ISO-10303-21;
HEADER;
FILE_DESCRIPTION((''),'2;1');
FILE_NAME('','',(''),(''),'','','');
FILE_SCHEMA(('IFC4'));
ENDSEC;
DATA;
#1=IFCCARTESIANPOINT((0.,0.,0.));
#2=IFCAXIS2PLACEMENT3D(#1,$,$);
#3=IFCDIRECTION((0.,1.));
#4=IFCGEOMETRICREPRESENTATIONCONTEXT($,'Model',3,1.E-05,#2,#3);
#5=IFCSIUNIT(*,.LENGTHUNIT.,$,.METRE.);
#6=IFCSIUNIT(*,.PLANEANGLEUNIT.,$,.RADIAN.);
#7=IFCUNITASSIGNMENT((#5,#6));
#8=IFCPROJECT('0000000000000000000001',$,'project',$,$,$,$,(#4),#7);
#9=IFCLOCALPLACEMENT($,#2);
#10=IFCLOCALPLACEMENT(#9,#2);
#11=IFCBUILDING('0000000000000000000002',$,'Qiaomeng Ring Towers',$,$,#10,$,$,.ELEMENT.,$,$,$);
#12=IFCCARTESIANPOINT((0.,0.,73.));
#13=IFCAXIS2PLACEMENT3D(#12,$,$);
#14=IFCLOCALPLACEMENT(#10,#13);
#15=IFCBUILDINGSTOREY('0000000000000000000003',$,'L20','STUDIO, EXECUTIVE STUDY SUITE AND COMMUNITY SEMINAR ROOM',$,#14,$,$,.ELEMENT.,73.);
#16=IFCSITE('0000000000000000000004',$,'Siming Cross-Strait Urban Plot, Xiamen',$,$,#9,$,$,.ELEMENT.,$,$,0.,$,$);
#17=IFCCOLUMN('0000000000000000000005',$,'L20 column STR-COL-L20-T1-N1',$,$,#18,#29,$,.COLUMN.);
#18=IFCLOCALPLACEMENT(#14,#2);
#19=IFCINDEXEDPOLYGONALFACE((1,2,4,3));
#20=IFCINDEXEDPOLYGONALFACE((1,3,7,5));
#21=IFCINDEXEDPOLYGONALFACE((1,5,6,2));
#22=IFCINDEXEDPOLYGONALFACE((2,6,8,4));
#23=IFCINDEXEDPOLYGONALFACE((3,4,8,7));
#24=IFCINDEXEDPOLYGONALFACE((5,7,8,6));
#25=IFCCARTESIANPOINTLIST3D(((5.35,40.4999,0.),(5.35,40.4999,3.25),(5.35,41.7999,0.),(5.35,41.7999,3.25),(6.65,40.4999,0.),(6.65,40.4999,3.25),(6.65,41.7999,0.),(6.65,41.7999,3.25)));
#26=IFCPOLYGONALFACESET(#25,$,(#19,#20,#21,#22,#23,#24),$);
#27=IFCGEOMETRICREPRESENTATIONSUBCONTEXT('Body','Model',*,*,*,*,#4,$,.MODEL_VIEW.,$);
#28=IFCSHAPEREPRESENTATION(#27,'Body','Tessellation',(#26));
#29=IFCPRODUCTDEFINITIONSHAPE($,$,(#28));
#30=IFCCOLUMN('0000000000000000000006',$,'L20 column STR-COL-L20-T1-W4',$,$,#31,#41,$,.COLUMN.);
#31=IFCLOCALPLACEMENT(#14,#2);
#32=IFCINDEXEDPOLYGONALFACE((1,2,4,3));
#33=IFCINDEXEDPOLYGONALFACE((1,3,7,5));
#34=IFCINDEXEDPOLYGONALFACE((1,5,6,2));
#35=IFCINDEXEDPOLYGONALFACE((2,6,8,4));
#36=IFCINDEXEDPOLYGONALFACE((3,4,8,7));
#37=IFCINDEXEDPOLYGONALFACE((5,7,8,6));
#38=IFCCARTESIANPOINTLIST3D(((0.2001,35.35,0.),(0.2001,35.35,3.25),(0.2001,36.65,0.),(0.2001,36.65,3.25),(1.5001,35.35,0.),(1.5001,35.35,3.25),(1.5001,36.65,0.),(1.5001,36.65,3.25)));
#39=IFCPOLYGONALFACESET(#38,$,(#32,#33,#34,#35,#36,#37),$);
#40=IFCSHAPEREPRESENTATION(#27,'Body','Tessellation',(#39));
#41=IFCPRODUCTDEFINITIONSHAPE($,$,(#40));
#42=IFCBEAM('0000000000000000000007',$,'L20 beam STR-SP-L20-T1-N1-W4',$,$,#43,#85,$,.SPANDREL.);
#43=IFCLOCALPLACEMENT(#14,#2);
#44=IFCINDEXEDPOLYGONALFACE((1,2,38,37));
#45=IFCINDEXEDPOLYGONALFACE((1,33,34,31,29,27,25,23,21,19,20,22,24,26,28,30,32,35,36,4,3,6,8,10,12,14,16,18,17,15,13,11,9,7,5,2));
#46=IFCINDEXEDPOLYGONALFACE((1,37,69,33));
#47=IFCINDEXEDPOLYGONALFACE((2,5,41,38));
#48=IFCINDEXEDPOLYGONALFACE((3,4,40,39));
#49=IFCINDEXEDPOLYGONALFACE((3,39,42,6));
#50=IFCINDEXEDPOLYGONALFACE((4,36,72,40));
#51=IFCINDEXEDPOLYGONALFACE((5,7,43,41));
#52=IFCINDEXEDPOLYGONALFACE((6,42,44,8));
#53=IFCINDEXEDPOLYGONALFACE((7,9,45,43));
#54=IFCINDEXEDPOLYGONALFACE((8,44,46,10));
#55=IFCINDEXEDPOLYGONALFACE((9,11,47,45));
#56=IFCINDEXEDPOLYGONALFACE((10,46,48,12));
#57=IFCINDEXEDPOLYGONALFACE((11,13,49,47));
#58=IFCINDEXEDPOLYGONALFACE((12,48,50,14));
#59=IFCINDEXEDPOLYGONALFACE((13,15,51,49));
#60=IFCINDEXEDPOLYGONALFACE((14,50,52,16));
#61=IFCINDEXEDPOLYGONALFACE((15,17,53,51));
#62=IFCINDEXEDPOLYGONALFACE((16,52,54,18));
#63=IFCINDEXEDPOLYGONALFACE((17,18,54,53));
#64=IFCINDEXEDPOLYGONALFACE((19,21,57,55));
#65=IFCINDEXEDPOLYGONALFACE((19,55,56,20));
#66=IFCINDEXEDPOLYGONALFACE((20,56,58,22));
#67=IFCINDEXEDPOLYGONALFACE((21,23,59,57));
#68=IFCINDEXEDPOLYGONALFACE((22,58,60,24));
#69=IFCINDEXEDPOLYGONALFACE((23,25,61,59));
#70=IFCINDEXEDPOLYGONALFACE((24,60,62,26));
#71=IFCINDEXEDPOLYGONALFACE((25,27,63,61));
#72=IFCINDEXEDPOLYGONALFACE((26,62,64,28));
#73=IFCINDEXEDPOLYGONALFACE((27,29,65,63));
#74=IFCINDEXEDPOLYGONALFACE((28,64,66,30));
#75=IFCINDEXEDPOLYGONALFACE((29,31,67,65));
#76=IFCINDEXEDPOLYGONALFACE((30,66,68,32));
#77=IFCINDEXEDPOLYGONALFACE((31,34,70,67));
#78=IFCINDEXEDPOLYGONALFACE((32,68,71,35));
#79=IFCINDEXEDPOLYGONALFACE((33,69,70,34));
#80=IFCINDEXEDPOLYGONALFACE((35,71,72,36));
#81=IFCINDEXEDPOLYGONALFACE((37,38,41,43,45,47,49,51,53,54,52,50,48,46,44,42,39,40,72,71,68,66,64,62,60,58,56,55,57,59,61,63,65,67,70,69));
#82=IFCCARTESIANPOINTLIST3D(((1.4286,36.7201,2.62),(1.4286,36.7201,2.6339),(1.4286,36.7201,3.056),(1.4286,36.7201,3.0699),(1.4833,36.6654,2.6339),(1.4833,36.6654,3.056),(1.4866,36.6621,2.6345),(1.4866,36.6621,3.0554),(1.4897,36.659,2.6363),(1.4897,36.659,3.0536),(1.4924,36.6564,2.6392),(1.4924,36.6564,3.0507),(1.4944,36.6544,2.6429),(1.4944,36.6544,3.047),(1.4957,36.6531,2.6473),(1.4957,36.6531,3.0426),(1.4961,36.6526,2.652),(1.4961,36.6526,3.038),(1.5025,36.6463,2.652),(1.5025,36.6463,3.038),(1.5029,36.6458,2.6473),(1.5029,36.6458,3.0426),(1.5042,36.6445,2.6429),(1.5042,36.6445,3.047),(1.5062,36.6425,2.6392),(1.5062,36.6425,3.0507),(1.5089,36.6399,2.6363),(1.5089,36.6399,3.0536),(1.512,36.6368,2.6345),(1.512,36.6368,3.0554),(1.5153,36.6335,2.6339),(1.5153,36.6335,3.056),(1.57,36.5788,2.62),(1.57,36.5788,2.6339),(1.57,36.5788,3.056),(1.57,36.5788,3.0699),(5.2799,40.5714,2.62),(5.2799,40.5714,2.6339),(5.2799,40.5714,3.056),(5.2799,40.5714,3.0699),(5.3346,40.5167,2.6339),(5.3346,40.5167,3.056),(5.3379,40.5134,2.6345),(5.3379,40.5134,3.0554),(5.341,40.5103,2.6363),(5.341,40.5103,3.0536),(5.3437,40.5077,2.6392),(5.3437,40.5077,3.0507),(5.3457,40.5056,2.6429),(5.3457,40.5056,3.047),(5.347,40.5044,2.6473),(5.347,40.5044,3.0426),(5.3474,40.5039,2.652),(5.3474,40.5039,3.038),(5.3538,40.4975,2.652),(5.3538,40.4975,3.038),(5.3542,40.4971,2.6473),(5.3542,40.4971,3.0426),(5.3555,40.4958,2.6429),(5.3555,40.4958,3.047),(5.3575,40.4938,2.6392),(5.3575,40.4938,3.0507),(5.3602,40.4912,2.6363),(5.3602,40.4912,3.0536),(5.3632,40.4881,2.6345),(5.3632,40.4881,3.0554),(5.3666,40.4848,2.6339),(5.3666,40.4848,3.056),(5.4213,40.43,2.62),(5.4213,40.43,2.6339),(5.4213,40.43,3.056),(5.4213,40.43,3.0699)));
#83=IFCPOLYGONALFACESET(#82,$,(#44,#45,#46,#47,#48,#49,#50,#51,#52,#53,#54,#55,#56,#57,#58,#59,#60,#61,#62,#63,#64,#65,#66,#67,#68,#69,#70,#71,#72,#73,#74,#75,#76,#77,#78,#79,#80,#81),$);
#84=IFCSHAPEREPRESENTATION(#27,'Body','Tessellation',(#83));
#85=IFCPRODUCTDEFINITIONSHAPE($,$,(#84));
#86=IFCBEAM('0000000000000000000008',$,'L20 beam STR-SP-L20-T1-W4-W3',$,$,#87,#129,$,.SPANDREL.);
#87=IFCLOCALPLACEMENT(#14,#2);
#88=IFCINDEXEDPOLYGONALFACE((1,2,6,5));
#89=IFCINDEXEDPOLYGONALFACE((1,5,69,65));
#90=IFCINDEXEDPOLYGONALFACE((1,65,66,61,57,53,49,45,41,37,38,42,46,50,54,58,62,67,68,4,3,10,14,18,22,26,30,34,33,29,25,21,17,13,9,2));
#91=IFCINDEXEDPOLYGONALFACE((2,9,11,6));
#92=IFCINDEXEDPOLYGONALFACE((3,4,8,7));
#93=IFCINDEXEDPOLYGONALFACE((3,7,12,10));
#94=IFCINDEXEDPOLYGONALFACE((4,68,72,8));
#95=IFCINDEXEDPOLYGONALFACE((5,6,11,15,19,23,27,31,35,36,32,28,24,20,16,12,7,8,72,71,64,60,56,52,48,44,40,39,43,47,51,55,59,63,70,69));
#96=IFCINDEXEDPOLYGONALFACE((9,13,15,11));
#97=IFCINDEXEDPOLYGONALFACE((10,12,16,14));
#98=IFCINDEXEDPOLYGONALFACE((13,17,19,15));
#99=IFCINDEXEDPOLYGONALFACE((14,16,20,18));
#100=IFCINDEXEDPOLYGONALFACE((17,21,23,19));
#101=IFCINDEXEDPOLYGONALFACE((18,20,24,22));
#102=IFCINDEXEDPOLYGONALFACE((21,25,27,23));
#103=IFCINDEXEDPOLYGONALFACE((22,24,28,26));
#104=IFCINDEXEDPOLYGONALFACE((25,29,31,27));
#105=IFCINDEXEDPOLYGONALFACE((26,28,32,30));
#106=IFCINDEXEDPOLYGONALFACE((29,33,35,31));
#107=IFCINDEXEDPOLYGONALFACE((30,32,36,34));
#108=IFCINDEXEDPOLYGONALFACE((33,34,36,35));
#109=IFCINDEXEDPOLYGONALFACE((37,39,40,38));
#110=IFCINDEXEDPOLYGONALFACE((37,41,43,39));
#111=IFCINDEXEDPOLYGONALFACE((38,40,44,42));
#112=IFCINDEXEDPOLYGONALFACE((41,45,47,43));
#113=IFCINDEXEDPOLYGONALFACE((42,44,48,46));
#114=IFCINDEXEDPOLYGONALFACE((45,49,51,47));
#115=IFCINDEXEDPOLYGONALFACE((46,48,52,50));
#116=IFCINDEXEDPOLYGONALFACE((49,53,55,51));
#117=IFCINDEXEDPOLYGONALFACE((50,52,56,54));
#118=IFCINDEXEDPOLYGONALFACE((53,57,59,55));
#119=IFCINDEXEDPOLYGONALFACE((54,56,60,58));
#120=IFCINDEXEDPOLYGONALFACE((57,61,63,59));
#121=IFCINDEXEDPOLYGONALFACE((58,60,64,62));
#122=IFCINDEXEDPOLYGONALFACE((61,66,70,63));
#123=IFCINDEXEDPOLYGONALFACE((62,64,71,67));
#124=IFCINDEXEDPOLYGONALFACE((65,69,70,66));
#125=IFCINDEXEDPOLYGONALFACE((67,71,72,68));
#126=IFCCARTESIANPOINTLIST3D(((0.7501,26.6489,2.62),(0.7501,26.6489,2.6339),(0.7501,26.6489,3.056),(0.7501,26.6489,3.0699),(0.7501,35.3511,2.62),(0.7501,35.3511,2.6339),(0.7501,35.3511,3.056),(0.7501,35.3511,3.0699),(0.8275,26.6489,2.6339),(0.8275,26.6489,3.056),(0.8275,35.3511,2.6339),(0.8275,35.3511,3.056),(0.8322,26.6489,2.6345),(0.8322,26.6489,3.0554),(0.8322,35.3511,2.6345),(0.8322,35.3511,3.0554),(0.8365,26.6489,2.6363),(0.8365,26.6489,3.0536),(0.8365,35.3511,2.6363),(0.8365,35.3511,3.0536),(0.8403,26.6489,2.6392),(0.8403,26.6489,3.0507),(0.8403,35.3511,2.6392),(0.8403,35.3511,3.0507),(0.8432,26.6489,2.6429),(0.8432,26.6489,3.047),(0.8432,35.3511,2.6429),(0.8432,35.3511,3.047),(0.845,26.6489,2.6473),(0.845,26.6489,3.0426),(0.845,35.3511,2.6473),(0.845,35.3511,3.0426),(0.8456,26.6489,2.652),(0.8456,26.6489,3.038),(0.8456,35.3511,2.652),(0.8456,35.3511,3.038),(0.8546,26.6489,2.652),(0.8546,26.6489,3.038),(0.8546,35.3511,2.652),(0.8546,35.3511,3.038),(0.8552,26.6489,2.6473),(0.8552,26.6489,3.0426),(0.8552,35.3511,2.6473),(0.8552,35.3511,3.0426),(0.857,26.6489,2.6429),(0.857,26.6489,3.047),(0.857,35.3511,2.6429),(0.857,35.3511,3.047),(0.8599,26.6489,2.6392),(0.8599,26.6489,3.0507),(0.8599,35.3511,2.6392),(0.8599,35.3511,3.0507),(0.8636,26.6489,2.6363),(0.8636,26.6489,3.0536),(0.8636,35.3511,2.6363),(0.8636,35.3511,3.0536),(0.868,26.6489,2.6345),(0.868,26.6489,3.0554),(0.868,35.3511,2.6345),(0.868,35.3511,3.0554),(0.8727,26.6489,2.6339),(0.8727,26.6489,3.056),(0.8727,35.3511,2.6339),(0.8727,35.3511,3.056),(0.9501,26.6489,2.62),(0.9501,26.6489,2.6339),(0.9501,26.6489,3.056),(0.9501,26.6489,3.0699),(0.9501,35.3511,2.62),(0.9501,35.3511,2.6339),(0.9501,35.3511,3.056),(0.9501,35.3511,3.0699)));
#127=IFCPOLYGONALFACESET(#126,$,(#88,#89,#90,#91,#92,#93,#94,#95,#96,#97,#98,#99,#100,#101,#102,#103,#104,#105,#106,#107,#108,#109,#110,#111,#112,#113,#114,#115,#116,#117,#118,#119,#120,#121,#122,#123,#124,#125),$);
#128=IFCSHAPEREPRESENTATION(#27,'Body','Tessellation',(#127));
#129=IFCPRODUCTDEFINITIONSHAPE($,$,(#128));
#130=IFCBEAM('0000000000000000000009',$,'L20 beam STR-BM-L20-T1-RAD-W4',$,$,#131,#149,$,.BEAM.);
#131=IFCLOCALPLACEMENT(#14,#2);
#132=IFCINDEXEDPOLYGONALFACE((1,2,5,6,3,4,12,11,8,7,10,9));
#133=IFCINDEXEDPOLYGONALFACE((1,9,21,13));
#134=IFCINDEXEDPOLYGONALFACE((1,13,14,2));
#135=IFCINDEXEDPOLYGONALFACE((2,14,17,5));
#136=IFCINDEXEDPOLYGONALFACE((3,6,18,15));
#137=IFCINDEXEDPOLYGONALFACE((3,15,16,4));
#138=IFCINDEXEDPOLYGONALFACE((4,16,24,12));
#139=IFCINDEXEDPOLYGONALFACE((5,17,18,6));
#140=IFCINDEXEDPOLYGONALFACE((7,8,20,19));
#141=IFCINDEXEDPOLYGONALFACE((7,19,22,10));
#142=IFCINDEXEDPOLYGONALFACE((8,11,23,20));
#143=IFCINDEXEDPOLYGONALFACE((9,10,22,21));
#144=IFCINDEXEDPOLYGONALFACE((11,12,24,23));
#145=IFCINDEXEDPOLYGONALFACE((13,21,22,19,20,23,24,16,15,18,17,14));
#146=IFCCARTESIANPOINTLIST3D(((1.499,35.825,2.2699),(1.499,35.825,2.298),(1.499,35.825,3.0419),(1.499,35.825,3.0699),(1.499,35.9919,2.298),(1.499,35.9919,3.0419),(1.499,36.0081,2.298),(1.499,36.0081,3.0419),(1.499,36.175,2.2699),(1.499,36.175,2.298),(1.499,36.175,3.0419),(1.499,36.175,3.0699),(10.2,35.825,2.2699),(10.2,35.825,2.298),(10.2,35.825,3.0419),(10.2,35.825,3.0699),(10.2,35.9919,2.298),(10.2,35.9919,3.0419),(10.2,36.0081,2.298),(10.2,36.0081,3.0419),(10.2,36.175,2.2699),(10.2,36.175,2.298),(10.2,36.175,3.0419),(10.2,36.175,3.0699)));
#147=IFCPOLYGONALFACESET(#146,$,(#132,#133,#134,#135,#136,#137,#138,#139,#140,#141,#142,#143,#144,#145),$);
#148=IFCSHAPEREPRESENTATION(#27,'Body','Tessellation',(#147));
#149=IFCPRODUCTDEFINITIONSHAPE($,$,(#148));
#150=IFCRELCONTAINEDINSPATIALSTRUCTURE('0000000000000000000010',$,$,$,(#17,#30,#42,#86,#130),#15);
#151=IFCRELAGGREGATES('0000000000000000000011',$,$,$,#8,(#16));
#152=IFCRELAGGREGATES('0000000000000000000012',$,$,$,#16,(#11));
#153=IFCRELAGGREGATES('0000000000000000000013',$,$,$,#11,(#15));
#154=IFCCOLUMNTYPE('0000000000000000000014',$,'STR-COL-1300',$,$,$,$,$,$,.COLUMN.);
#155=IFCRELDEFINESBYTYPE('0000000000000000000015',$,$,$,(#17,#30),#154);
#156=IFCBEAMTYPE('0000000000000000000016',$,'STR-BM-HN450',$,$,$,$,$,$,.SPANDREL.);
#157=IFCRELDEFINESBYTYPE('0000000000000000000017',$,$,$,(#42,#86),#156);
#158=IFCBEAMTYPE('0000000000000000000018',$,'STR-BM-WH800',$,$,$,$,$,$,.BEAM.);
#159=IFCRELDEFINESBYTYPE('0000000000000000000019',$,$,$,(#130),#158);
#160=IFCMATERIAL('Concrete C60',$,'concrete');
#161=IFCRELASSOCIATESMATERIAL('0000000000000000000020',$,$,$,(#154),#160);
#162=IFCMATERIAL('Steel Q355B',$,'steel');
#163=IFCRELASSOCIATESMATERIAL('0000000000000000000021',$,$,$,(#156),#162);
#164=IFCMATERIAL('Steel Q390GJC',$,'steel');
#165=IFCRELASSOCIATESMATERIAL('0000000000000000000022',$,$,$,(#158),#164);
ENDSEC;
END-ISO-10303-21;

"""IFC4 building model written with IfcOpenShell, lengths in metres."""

from ifc_helpers import new_model, si_unit, direction, frame, origin, origin_2d, place, context, subcontext, project, spatial, rectangle, i_section, extrude, source, transform, mapped, material, material_profile, profile_set, type_object, element, save


model = new_model("IFC4")

# Units and contexts
model_context = context("Model", 3, precision=1e-05, world=origin(), true_north=direction((0.0, 1.0)))
body_context = subcontext(model_context, "Body", "Model", "MODEL_VIEW")
ifc_project = project(units=[si_unit("LENGTHUNIT", "METRE"), si_unit("PLANEANGLEUNIT", "RADIAN")], contexts=[model_context])

# Site, building, storey
site_placement = place(None, origin())
site = spatial("IfcSite", under=ifc_project, at=site_placement, Name="Siming Cross-Strait Urban Plot, Xiamen", CompositionType="ELEMENT", RefElevation=0.0)
building_placement = place(site_placement, origin())
building = spatial("IfcBuilding", under=site, at=building_placement, Name="Qiaomeng Ring Towers", CompositionType="ELEMENT")
storey_placement = place(building_placement, frame((0.0, 0.0, 73.0)))
storey = spatial("IfcBuildingStorey", under=building, at=storey_placement, Name="L20", Description="STUDIO, EXECUTIVE STUDY SUITE AND COMMUNITY SEMINAR ROOM", CompositionType="ELEMENT", Elevation=73.0)

# Columns
ifc_material_1 = material(Name="Concrete C60", Category="concrete")
ifc_material_profile_1 = material_profile(ifc_material_1, rectangle(XDim=1.3, YDim=1.3, at=origin_2d()), Name="RC COL 1300x1300")
ifc_profile_set_1 = profile_set([ifc_material_profile_1], Name="Concrete C60")
column_type = type_object("IfcColumnType", Name="STR-COL-1300", PredefinedType="COLUMN", material=ifc_profile_set_1)
shared_shape_1 = source(origin(), body_context, "Body", "SweptSolid", [
    extrude(rectangle(XDim=1.3, YDim=1.3, at=origin_2d()), origin(), (0.0, 0.0, 1.0), 3.25),
])
for number, where, z_axis, x_axis, name in (
    (1, (6.0, 41.1499, 0.0), (0.0, 0.0, 1.0), (1.0, 0.0, 0.0), "L20 column STR-COL-L20-T1-N1"),
    (2, (0.8501, 36.0, 0.0), (0.0, 0.0, 1.0), (1.0, 0.0, 0.0), "L20 column STR-COL-L20-T1-W4"),
):
    element("IfcColumn", number, at=place(storey_placement, frame(where, z_axis=z_axis, x_axis=x_axis)), inside=storey, type_object=column_type, Name=name, PredefinedType="COLUMN", context=body_context, shape_type="MappedRepresentation", body=[
        mapped(shared_shape_1, transform((0.0, 0.0, 0.0), x_axis=(1.0, 0.0, 0.0), y_axis=(0.0, 1.0, 0.0), z_axis=(0.0, 0.0, 1.0), scale=1.0)),
    ])

# Beams
ifc_material_2 = material(Name="Steel Q355B", Category="steel")
ifc_material_profile_2 = material_profile(ifc_material_2, i_section(OverallWidth=0.2, OverallDepth=0.45, WebThickness=0.009, FlangeThickness=0.0139, FilletRadius=0.0181, at=origin_2d()), Name="HN 450x200x9x14")
ifc_profile_set_2 = profile_set([ifc_material_profile_2], Name="Steel Q355B")
beam_type_1 = type_object("IfcBeamType", Name="STR-BM-HN450", PredefinedType="SPANDREL", material=ifc_profile_set_2)
shared_shape_2 = source(origin(), body_context, "Body", "SweptSolid", [
    extrude(i_section(OverallWidth=0.2, OverallDepth=0.45, WebThickness=0.009, FlangeThickness=0.0139, FilletRadius=0.0181, at=origin_2d()), origin(), (0.0, 0.0, 1.0), 5.4465),
])
beam_1_placement = place(storey_placement, frame((5.3506, 40.5007, 2.845), z_axis=(-0.707107, -0.707107, 0.0), x_axis=(0.707107, -0.707107, 0.0)))
element("IfcBeam", 3, at=beam_1_placement, inside=storey, type_object=beam_type_1, Name="L20 beam STR-SP-L20-T1-N1-W4", PredefinedType="SPANDREL", context=body_context, shape_type="MappedRepresentation", body=[
    mapped(shared_shape_2, transform((0.0, 0.0, 0.0), x_axis=(1.0, 0.0, 0.0), y_axis=(0.0, 1.0, 0.0), z_axis=(0.0, 0.0, 1.0), scale=1.0)),
])
shared_shape_3 = source(origin(), body_context, "Body", "SweptSolid", [
    extrude(i_section(OverallWidth=0.2, OverallDepth=0.45, WebThickness=0.009, FlangeThickness=0.0139, FilletRadius=0.0181, at=origin_2d()), origin(), (0.0, 0.0, 1.0), 8.7021),
])
beam_2_placement = place(storey_placement, frame((0.8501, 35.3511, 2.845), z_axis=(0.0, -1.0, 0.0), x_axis=(1.0, 0.0, 0.0)))
element("IfcBeam", 4, at=beam_2_placement, inside=storey, type_object=beam_type_1, Name="L20 beam STR-SP-L20-T1-W4-W3", PredefinedType="SPANDREL", context=body_context, shape_type="MappedRepresentation", body=[
    mapped(shared_shape_3, transform((0.0, 0.0, 0.0), x_axis=(1.0, 0.0, 0.0), y_axis=(0.0, 1.0, 0.0), z_axis=(0.0, 0.0, 1.0), scale=1.0)),
])
ifc_material_3 = material(Name="Steel Q390GJC", Category="steel")
ifc_material_profile_3 = material_profile(ifc_material_3, i_section(OverallWidth=0.3501, OverallDepth=0.8, WebThickness=0.0161, FlangeThickness=0.0281, at=origin_2d()), Name="WH 800x350x16x28")
ifc_profile_set_3 = profile_set([ifc_material_profile_3], Name="Steel Q390GJC")
beam_type_2 = type_object("IfcBeamType", Name="STR-BM-WH800", PredefinedType="BEAM", material=ifc_profile_set_3)
shared_shape_4 = source(origin(), body_context, "Body", "SweptSolid", [
    extrude(i_section(OverallWidth=0.3501, OverallDepth=0.8, WebThickness=0.0161, FlangeThickness=0.0281, at=origin_2d()), origin(), (0.0, 0.0, 1.0), 8.7009),
])
beam_3_placement = place(storey_placement, frame((1.499, 36.0, 2.6699), z_axis=(1.0, 0.0, 0.0), x_axis=(0.0, 1.0, 0.0)))
element("IfcBeam", 5, at=beam_3_placement, inside=storey, type_object=beam_type_2, Name="L20 beam STR-BM-L20-T1-RAD-W4", PredefinedType="BEAM", context=body_context, shape_type="MappedRepresentation", body=[
    mapped(shared_shape_4, transform((0.0, 0.0, 0.0), x_axis=(1.0, 0.0, 0.0), y_axis=(0.0, 1.0, 0.0), z_axis=(0.0, 0.0, 1.0), scale=1.0)),
])

save(model, "model.ifc")
